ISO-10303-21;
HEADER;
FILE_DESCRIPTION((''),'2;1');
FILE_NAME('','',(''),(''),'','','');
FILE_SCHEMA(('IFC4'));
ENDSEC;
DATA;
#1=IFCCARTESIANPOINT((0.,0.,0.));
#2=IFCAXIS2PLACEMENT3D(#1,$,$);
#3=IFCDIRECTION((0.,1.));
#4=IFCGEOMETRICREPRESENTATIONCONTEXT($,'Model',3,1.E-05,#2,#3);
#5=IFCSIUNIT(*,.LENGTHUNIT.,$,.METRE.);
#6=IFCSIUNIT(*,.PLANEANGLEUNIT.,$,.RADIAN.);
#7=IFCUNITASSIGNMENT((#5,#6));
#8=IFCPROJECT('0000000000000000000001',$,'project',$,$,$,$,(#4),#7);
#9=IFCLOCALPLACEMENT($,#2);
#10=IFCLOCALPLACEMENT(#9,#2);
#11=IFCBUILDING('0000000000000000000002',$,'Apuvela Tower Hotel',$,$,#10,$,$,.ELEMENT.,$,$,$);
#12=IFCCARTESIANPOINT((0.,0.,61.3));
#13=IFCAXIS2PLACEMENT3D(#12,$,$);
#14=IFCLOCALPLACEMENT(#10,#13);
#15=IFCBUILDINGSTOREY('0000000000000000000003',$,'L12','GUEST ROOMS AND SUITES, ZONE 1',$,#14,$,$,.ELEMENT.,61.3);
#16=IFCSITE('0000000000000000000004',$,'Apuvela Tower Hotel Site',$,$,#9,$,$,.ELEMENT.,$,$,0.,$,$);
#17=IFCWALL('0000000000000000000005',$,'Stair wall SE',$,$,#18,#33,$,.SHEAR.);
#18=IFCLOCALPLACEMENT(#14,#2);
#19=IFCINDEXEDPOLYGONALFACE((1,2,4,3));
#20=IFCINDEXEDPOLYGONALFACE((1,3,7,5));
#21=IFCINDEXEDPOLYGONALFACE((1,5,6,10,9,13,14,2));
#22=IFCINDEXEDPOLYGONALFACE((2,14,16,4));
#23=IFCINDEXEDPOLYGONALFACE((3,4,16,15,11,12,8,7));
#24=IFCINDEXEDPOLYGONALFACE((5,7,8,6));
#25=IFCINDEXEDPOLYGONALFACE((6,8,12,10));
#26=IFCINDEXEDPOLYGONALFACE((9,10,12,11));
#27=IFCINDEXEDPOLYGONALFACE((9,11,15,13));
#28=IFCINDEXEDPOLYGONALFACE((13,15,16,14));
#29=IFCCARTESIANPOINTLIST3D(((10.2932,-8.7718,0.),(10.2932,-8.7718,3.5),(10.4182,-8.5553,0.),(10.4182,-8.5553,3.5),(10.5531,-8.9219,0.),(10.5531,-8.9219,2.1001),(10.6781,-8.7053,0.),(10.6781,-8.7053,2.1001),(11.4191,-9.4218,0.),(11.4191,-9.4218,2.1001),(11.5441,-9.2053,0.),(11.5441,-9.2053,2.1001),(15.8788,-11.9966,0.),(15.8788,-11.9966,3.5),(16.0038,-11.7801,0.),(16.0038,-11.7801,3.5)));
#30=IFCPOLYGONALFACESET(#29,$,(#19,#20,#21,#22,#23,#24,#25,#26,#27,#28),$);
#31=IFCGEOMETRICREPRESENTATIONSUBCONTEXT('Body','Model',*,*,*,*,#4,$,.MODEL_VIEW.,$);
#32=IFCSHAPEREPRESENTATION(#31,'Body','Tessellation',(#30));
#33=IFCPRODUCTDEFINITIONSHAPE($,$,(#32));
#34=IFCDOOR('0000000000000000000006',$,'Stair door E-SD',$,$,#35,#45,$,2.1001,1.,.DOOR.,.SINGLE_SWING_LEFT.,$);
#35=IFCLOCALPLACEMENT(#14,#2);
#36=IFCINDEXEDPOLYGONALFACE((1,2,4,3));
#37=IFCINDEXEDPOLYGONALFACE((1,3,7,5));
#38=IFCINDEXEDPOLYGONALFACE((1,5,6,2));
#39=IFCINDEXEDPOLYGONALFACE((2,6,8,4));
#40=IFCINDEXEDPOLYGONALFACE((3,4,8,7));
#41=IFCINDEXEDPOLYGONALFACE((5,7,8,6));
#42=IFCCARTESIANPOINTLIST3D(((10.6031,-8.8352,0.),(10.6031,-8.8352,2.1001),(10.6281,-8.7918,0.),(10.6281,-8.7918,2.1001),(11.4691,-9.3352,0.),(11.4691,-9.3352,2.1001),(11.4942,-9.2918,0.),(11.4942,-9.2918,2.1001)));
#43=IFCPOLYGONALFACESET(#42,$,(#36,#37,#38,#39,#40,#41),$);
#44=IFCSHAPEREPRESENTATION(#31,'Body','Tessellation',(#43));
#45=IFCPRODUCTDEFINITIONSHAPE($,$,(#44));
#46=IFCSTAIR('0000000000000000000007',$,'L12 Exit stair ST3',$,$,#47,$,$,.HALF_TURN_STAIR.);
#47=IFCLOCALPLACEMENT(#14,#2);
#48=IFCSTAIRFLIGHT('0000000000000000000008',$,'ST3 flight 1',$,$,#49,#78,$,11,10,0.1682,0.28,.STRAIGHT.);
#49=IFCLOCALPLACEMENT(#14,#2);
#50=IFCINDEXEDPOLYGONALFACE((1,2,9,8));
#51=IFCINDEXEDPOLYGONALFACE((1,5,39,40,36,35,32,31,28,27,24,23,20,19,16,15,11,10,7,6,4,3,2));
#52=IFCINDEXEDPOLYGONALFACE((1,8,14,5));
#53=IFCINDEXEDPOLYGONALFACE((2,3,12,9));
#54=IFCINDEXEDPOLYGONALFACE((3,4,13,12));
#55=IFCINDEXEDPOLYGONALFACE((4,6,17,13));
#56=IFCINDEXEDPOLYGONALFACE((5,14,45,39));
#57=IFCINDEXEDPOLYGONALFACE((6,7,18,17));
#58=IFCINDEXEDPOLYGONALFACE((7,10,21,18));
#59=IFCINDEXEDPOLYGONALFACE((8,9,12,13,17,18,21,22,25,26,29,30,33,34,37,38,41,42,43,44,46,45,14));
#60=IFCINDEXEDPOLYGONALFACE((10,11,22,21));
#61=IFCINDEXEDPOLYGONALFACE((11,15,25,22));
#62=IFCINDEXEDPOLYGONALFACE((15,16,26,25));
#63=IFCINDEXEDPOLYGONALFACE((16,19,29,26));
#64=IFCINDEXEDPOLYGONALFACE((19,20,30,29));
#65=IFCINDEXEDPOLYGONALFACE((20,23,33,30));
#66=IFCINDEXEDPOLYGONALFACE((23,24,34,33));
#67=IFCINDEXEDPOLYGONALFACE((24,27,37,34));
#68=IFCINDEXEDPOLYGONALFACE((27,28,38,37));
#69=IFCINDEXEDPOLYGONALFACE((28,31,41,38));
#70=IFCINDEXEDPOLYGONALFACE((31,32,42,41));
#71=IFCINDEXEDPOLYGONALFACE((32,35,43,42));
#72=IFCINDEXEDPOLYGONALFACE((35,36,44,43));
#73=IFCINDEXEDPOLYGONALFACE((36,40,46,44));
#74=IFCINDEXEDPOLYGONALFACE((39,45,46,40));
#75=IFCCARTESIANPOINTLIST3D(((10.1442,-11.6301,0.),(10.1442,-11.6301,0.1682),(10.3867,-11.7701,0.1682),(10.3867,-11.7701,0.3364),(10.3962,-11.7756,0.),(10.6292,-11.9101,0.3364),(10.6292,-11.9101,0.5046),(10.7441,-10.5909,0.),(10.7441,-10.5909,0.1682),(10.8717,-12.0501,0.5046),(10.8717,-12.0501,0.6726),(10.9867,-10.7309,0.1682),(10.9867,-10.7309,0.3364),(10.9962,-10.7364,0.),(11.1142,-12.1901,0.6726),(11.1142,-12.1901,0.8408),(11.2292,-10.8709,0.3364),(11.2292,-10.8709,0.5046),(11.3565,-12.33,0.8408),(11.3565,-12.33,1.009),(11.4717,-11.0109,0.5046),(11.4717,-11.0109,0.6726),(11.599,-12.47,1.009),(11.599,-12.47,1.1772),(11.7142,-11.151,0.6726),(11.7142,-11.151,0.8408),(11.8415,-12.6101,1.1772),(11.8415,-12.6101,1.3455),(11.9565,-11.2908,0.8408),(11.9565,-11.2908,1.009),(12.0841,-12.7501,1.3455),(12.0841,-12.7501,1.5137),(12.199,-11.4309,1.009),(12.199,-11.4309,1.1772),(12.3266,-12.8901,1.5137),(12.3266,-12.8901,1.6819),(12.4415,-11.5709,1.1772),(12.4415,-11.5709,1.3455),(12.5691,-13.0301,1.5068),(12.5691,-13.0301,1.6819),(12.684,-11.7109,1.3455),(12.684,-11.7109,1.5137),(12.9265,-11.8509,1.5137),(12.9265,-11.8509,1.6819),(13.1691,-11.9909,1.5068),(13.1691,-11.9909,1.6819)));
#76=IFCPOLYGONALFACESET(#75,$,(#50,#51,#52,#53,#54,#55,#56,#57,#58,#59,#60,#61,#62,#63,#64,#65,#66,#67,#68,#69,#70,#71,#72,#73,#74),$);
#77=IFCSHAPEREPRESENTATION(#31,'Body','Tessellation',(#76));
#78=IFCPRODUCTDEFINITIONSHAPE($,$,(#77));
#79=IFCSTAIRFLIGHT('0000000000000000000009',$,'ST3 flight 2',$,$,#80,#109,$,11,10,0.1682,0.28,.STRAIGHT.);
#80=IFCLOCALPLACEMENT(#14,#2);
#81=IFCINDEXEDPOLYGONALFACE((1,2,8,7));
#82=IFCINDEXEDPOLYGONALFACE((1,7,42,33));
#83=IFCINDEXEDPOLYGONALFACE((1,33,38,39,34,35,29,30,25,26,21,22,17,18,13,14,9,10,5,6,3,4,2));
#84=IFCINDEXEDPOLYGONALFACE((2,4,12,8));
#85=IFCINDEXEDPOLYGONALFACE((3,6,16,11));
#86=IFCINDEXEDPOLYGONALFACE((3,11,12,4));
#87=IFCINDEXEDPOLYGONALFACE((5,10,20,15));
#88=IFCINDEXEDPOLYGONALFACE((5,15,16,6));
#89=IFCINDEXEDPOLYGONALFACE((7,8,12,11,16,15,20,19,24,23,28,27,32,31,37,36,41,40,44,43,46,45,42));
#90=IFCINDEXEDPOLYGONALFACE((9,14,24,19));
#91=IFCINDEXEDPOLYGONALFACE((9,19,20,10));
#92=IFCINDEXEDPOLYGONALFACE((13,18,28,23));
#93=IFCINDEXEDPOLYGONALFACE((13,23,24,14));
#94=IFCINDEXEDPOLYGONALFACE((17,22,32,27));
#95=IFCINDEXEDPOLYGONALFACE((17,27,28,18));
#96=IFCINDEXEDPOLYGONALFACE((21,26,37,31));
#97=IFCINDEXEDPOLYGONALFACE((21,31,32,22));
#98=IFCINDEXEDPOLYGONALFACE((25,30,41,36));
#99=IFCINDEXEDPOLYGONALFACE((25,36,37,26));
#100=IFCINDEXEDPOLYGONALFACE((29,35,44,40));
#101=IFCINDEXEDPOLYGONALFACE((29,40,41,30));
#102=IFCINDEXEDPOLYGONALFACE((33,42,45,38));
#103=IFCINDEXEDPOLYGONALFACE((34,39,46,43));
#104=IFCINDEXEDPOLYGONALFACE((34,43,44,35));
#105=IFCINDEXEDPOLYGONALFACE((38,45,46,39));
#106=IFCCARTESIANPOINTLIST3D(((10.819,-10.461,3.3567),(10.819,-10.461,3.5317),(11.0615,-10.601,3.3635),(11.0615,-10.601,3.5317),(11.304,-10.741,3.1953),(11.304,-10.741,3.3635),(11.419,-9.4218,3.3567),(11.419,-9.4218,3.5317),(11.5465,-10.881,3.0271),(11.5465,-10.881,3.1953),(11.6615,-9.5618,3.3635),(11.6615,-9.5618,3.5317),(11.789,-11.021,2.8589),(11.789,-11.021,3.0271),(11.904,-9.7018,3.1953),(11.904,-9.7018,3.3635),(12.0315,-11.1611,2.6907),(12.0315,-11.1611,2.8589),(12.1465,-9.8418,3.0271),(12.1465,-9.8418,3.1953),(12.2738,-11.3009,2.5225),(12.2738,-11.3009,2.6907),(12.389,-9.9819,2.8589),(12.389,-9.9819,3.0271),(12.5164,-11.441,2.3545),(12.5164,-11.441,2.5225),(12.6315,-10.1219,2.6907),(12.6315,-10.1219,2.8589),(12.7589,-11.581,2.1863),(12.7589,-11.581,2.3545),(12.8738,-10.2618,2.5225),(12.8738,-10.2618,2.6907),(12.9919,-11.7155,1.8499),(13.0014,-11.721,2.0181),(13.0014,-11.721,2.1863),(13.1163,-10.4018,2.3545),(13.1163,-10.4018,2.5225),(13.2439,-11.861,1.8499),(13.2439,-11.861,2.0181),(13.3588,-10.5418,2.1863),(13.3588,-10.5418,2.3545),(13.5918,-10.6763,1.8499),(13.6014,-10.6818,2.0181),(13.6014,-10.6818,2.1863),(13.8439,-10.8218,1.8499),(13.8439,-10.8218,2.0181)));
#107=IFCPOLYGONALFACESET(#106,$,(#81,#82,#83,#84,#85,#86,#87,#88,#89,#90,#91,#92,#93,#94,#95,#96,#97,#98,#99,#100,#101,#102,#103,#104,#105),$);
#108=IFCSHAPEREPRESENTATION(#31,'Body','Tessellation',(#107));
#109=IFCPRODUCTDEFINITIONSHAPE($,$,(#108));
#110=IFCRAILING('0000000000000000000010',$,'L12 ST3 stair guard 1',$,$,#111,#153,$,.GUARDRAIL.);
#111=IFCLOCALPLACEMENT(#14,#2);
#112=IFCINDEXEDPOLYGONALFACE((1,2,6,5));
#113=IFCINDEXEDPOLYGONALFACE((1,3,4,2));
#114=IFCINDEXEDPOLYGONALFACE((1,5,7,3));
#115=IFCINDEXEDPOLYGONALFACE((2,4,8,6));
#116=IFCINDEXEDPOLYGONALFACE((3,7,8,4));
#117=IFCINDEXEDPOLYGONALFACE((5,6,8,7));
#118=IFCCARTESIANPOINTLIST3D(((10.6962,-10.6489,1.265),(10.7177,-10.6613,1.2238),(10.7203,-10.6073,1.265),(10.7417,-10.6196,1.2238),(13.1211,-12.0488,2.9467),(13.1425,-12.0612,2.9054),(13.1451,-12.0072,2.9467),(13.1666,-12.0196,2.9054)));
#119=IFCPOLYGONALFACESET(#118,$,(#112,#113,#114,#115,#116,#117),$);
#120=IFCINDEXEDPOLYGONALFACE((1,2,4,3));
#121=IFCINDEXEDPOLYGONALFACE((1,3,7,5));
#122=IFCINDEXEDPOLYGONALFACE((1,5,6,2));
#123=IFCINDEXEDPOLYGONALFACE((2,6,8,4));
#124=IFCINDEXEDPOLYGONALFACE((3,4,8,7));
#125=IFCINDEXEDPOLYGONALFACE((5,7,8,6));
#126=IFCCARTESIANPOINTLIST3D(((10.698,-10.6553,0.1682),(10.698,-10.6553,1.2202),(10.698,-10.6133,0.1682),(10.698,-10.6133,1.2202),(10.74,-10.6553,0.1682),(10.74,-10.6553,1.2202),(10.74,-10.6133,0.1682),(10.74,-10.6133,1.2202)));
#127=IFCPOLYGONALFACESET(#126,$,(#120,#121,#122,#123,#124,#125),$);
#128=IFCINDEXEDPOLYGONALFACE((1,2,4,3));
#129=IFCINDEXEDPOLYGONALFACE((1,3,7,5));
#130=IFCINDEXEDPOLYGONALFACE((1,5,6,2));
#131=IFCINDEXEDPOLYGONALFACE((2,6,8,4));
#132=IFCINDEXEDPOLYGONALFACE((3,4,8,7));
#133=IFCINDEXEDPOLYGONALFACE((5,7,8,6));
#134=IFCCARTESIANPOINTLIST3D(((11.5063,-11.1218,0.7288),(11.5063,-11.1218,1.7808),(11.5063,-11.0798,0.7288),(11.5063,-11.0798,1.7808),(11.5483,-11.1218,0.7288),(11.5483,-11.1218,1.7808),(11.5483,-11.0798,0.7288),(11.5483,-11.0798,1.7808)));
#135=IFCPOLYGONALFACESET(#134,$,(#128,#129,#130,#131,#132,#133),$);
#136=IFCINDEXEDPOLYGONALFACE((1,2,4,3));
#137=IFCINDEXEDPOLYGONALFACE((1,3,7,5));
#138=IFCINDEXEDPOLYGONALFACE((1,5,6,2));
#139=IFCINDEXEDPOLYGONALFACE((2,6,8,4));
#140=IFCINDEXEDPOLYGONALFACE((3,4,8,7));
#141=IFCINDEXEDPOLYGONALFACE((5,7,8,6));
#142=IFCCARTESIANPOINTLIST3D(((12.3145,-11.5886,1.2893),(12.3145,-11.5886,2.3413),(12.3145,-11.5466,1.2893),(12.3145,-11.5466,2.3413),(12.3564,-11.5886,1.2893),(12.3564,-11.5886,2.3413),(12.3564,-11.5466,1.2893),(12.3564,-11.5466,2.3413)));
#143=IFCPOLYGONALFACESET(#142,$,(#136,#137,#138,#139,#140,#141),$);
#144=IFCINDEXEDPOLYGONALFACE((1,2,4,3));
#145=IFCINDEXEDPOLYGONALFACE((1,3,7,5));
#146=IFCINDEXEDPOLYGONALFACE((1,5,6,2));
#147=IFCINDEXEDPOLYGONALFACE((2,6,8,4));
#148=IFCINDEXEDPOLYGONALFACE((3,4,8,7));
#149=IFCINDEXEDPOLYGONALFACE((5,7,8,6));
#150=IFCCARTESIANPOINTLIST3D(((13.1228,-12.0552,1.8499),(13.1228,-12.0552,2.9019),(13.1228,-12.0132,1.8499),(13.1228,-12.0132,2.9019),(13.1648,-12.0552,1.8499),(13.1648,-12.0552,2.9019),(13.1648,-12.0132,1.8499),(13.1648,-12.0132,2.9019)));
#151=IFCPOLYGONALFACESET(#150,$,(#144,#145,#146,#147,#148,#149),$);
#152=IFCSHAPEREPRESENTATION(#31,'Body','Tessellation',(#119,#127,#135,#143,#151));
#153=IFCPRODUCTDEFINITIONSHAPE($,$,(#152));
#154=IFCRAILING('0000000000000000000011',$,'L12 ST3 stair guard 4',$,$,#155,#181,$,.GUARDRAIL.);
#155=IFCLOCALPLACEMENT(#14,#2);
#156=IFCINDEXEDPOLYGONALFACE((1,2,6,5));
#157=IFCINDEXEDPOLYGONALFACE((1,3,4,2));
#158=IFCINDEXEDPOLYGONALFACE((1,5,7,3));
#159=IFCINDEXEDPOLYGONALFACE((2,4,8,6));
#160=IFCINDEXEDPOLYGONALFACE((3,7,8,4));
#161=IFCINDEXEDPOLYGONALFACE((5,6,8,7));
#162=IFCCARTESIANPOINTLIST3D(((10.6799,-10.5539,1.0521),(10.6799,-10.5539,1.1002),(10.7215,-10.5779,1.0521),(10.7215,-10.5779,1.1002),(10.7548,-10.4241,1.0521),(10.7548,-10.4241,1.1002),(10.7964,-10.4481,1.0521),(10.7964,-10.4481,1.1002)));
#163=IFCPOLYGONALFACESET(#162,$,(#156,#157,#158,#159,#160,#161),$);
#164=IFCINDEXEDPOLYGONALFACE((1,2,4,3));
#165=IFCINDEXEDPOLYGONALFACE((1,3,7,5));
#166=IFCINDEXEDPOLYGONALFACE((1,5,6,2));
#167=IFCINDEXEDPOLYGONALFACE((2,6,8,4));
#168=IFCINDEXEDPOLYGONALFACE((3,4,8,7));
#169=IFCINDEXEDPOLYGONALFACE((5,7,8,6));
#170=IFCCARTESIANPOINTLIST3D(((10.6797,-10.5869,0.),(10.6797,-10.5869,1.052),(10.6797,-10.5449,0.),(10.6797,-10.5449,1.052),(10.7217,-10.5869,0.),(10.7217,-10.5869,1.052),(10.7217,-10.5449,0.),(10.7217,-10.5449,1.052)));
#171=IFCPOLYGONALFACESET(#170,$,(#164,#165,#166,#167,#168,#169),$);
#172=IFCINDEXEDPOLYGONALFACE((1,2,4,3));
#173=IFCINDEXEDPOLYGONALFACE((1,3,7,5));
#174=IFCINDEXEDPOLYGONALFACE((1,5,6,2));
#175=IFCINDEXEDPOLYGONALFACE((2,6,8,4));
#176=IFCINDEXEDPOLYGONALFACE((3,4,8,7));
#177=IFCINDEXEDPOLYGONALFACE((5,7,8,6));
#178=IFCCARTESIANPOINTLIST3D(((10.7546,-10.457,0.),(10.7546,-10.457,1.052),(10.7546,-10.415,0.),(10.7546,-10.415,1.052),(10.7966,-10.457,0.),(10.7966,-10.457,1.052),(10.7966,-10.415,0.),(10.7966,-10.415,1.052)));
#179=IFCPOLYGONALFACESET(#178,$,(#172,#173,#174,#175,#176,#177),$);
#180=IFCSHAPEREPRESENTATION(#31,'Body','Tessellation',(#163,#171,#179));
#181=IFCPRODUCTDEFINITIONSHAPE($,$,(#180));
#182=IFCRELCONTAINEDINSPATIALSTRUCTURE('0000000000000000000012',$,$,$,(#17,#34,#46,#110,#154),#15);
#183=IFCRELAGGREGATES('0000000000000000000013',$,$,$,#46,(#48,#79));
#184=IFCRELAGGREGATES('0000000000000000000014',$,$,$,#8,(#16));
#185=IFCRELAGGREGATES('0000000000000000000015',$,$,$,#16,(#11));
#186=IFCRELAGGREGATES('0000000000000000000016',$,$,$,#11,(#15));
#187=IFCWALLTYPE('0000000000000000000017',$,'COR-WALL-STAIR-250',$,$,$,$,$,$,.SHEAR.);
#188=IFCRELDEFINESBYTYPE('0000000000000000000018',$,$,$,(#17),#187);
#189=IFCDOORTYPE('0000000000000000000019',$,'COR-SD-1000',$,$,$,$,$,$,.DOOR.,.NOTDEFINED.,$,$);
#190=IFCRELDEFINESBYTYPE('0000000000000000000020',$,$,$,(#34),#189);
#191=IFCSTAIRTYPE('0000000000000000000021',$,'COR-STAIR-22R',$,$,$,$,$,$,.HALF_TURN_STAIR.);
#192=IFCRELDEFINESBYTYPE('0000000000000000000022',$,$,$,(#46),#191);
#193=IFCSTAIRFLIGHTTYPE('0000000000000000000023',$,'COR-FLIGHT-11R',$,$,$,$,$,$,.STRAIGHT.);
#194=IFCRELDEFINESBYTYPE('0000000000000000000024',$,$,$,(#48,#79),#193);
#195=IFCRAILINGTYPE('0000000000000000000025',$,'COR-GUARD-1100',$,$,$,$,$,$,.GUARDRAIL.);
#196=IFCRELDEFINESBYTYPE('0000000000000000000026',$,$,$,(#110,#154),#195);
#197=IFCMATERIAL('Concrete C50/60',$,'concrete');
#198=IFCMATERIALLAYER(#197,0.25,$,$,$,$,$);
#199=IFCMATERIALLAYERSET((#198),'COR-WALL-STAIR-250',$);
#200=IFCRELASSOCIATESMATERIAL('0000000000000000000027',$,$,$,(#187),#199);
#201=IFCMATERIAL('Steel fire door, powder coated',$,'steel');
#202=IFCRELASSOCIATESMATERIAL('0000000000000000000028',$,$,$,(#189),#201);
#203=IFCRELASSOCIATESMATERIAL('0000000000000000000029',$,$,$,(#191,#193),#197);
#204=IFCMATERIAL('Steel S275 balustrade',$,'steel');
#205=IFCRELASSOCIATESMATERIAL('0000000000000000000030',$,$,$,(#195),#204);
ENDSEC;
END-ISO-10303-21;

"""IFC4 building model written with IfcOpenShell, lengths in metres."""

from ifc_helpers import new_model, si_unit, direction, frame, frame_2d, origin, origin_2d, place, context, subcontext, project, spatial, polyline, rectangle, outline, extrude, material, layer, layer_set, type_object, element, fill, aggregate, save


model = new_model("IFC4")

# Units and contexts
model_context = context("Model", 3, precision=1e-05, world=origin(), true_north=direction((0.0, 1.0)))
body_context = subcontext(model_context, "Body", "Model", "MODEL_VIEW")
ifc_project = project(units=[si_unit("LENGTHUNIT", "METRE"), si_unit("PLANEANGLEUNIT", "RADIAN")], contexts=[model_context])

# Site, building, storey
site_placement = place(None, origin())
site = spatial("IfcSite", under=ifc_project, at=site_placement, Name="Apuvela Tower Hotel Site", CompositionType="ELEMENT", RefElevation=0.0)
building_placement = place(site_placement, origin())
building = spatial("IfcBuilding", under=site, at=building_placement, Name="Apuvela Tower Hotel", CompositionType="ELEMENT")
storey_placement = place(building_placement, frame((0.0, 0.0, 61.3)))
storey = spatial("IfcBuildingStorey", under=building, at=storey_placement, Name="L12", Description="GUEST ROOMS AND SUITES, ZONE 1", CompositionType="ELEMENT", Elevation=61.3)

# Shared definitions
ifc_material_1 = material(Name="Concrete C50/60", Category="concrete")

# Wall, opening, door
ifc_layer_1 = layer(ifc_material_1, 0.25)
ifc_layer_set_1 = layer_set([ifc_layer_1], Name="COR-WALL-STAIR-250")
wall_type_1 = type_object("IfcWallType", Name="COR-WALL-STAIR-250", PredefinedType="SHEAR", material=ifc_layer_set_1)
wall_1_placement = place(storey_placement, frame((10.3557, -8.6636, 0.0), z_axis=(0.0, 0.0, 1.0), x_axis=(0.866029, -0.499994, 0.0)))
wall_1 = element("IfcWall", 1, at=wall_1_placement, inside=storey, type_object=wall_type_1, Name="Stair wall SE", PredefinedType="SHEAR", context=body_context, shape_type="SweptSolid", body=[
    extrude(rectangle(XDim=6.4497, YDim=0.25, at=frame_2d((3.2249, 0.0))), origin(), (0.0, 0.0, 1.0), 3.5),
])
opening_1_placement = place(wall_1_placement, frame((0.3, 0.0, 0.0)))
opening_1 = element("IfcOpeningElement", 2, at=opening_1_placement, cuts=wall_1, PredefinedType="OPENING", context=body_context, shape_type="SweptSolid", body=[
    extrude(rectangle(XDim=1.0, YDim=2.1001, at=frame_2d((0.5, 1.05))), frame((0.0, 0.135, 0.0), z_axis=(0.0, -1.0, 0.0), x_axis=(1.0, 0.0, 0.0)), (0.0, 0.0, 1.0), 0.27),
])
ifc_material_2 = material(Name="Steel fire door, powder coated", Category="steel")
door_type_1 = type_object("IfcDoorType", Name="COR-SD-1000", OperationType="NOTDEFINED", PredefinedType="DOOR", material=ifc_material_2)
door_1_placement = place(opening_1_placement, frame((1.0, 0.0, 0.0), z_axis=(0.0, 0.0, 1.0), x_axis=(-1.0, 0.0, 0.0)))
door_1 = element("IfcDoor", 3, at=door_1_placement, inside=storey, type_object=door_type_1, Name="Stair door E-SD", OperationType="SINGLE_SWING_LEFT", OverallHeight=2.1001, OverallWidth=1.0, PredefinedType="DOOR", context=body_context, shape_type="SweptSolid", body=[
    extrude(rectangle(XDim=1.0, YDim=2.1001, at=frame_2d((0.5, 1.05))), frame((0.0, 0.0249, 0.0), z_axis=(0.0, -1.0, 0.0), x_axis=(1.0, 0.0, 0.0)), (0.0, 0.0, 1.0), 0.05),
])
fill(opening_1, door_1)

# Stair, stair flights
stair_type = type_object("IfcStairType", Name="COR-STAIR-22R", PredefinedType="HALF_TURN_STAIR", material=ifc_material_1)
stair_placement = place(storey_placement, origin())
stair = element("IfcStair", 4, at=stair_placement, inside=storey, type_object=stair_type, Name="L12 Exit stair ST3", PredefinedType="HALF_TURN_STAIR")
stair_flight_type = type_object("IfcStairFlightType", Name="COR-FLIGHT-11R", PredefinedType="STRAIGHT", material=ifc_material_1)
stair_flight_1_placement = place(storey_placement, frame((10.4441, -11.1106, 0.0), z_axis=(0.0, 0.0, 1.0), x_axis=(0.866025, -0.5, 0.0)))
stair_flight_1 = element("IfcStairFlight", 5, at=stair_flight_1_placement, type_object=stair_flight_type, Name="ST3 flight 1", NumberOfRisers=11, NumberOfTreads=10, PredefinedType="STRAIGHT", RiserHeight=0.1682, TreadLength=0.28, context=body_context, shape_type="SweptSolid", body=[
    extrude(outline(polyline([(0.0, 0.0), (0.0, 0.1682), (0.28, 0.1682), (0.28, 0.3364), (0.5601, 0.3364), (0.5601, 0.5046), (0.8401, 0.5046), (0.8401, 0.6726), (1.1201, 0.6726), (1.1201, 0.8408), (1.3999, 0.8408), (1.3999, 1.009), (1.6799, 1.009), (1.6799, 1.1772), (1.96, 1.1772), (1.96, 1.3455), (2.24, 1.3455), (2.24, 1.5137), (2.52, 1.5137), (2.52, 1.6819), (2.8, 1.6819), (2.8, 1.8501), (2.8, 1.5068), (0.291, 0.0), (0.0, 0.0)])), frame((0.0, 0.6001, 0.0), z_axis=(0.0, -1.0, 0.0), x_axis=(1.0, 0.0, 0.0)), (0.0, 0.0, 1.0), 1.2),
])
stair_flight_2_placement = place(storey_placement, frame((13.5439, -11.3413, 1.8499), z_axis=(0.0, 0.0, 1.0), x_axis=(-0.866025, 0.5, 0.0)))
stair_flight_2 = element("IfcStairFlight", 6, at=stair_flight_2_placement, type_object=stair_flight_type, Name="ST3 flight 2", NumberOfRisers=11, NumberOfTreads=10, PredefinedType="STRAIGHT", RiserHeight=0.1682, TreadLength=0.28, context=body_context, shape_type="SweptSolid", body=[
    extrude(outline(polyline([(0.0, 0.0), (0.0, 0.1682), (0.28, 0.1682), (0.28, 0.3364), (0.5601, 0.3364), (0.5601, 0.5046), (0.8401, 0.5046), (0.8401, 0.6726), (1.1201, 0.6726), (1.1201, 0.8408), (1.3999, 0.8408), (1.3999, 1.009), (1.6799, 1.009), (1.6799, 1.1772), (1.96, 1.1772), (1.96, 1.3455), (2.24, 1.3455), (2.24, 1.5137), (2.52, 1.5137), (2.52, 1.6819), (2.8, 1.6819), (2.8, 1.8501), (2.8, 1.5068), (0.291, 0.0), (0.0, 0.0)])), frame((0.0, 0.6001, 0.0), z_axis=(0.0, -1.0, 0.0), x_axis=(1.0, 0.0, 0.0)), (0.0, 0.0, 1.0), 1.2),
])
aggregate(stair, [stair_flight_1, stair_flight_2])

# Railings
ifc_material_3 = material(Name="Steel S275 balustrade", Category="steel")
railing_type_1 = type_object("IfcRailingType", Name="COR-GUARD-1100", PredefinedType="GUARDRAIL", material=ifc_material_3)
railing_1_placement = place(storey_placement, frame((10.719, -10.6343, 0.1682)))
element("IfcRailing", 7, at=railing_1_placement, inside=storey, type_object=railing_type_1, Name="L12 ST3 stair guard 1", PredefinedType="GUARDRAIL", context=body_context, shape_type="SweptSolid", body=[
    extrude(rectangle(XDim=0.0481, YDim=0.0481, at=origin_2d()), frame((0.0, 0.0, 1.0762), z_axis=(0.742419, -0.428618, 0.514879), x_axis=(0.499984, 0.866035, 0.0)), (0.0, 0.0, 1.0), 3.2661),
    extrude(rectangle(XDim=0.042, YDim=0.042, at=origin_2d()), origin(), (0.0, 0.0, 1.0), 1.052),
    extrude(rectangle(XDim=0.042, YDim=0.042, at=origin_2d()), frame((0.8083, -0.4666, 0.5605)), (0.0, 0.0, 1.0), 1.052),
    extrude(rectangle(XDim=0.042, YDim=0.042, at=origin_2d()), frame((1.6165, -0.9333, 1.1211)), (0.0, 0.0, 1.0), 1.052),
    extrude(rectangle(XDim=0.042, YDim=0.042, at=origin_2d()), frame((2.4248, -1.3999, 1.6816)), (0.0, 0.0, 1.0), 1.052),
])
railing_2_placement = place(storey_placement, frame((10.7007, -10.5659, 0.0)))
element("IfcRailing", 8, at=railing_2_placement, inside=storey, type_object=railing_type_1, Name="L12 ST3 stair guard 4", PredefinedType="GUARDRAIL", context=body_context, shape_type="SweptSolid", body=[
    extrude(rectangle(XDim=0.0481, YDim=0.0481, at=origin_2d()), frame((0.0, 0.0, 1.0762), z_axis=(0.499816, 0.866131, 0.0), x_axis=(-0.866131, 0.499816, 0.0)), (0.0, 0.0, 1.0), 0.1499),
    extrude(rectangle(XDim=0.042, YDim=0.042, at=origin_2d()), origin(), (0.0, 0.0, 1.0), 1.052),
    extrude(rectangle(XDim=0.042, YDim=0.042, at=origin_2d()), frame((0.075, 0.1299, 0.0)), (0.0, 0.0, 1.0), 1.052),
])

save(model, "model.ifc")
